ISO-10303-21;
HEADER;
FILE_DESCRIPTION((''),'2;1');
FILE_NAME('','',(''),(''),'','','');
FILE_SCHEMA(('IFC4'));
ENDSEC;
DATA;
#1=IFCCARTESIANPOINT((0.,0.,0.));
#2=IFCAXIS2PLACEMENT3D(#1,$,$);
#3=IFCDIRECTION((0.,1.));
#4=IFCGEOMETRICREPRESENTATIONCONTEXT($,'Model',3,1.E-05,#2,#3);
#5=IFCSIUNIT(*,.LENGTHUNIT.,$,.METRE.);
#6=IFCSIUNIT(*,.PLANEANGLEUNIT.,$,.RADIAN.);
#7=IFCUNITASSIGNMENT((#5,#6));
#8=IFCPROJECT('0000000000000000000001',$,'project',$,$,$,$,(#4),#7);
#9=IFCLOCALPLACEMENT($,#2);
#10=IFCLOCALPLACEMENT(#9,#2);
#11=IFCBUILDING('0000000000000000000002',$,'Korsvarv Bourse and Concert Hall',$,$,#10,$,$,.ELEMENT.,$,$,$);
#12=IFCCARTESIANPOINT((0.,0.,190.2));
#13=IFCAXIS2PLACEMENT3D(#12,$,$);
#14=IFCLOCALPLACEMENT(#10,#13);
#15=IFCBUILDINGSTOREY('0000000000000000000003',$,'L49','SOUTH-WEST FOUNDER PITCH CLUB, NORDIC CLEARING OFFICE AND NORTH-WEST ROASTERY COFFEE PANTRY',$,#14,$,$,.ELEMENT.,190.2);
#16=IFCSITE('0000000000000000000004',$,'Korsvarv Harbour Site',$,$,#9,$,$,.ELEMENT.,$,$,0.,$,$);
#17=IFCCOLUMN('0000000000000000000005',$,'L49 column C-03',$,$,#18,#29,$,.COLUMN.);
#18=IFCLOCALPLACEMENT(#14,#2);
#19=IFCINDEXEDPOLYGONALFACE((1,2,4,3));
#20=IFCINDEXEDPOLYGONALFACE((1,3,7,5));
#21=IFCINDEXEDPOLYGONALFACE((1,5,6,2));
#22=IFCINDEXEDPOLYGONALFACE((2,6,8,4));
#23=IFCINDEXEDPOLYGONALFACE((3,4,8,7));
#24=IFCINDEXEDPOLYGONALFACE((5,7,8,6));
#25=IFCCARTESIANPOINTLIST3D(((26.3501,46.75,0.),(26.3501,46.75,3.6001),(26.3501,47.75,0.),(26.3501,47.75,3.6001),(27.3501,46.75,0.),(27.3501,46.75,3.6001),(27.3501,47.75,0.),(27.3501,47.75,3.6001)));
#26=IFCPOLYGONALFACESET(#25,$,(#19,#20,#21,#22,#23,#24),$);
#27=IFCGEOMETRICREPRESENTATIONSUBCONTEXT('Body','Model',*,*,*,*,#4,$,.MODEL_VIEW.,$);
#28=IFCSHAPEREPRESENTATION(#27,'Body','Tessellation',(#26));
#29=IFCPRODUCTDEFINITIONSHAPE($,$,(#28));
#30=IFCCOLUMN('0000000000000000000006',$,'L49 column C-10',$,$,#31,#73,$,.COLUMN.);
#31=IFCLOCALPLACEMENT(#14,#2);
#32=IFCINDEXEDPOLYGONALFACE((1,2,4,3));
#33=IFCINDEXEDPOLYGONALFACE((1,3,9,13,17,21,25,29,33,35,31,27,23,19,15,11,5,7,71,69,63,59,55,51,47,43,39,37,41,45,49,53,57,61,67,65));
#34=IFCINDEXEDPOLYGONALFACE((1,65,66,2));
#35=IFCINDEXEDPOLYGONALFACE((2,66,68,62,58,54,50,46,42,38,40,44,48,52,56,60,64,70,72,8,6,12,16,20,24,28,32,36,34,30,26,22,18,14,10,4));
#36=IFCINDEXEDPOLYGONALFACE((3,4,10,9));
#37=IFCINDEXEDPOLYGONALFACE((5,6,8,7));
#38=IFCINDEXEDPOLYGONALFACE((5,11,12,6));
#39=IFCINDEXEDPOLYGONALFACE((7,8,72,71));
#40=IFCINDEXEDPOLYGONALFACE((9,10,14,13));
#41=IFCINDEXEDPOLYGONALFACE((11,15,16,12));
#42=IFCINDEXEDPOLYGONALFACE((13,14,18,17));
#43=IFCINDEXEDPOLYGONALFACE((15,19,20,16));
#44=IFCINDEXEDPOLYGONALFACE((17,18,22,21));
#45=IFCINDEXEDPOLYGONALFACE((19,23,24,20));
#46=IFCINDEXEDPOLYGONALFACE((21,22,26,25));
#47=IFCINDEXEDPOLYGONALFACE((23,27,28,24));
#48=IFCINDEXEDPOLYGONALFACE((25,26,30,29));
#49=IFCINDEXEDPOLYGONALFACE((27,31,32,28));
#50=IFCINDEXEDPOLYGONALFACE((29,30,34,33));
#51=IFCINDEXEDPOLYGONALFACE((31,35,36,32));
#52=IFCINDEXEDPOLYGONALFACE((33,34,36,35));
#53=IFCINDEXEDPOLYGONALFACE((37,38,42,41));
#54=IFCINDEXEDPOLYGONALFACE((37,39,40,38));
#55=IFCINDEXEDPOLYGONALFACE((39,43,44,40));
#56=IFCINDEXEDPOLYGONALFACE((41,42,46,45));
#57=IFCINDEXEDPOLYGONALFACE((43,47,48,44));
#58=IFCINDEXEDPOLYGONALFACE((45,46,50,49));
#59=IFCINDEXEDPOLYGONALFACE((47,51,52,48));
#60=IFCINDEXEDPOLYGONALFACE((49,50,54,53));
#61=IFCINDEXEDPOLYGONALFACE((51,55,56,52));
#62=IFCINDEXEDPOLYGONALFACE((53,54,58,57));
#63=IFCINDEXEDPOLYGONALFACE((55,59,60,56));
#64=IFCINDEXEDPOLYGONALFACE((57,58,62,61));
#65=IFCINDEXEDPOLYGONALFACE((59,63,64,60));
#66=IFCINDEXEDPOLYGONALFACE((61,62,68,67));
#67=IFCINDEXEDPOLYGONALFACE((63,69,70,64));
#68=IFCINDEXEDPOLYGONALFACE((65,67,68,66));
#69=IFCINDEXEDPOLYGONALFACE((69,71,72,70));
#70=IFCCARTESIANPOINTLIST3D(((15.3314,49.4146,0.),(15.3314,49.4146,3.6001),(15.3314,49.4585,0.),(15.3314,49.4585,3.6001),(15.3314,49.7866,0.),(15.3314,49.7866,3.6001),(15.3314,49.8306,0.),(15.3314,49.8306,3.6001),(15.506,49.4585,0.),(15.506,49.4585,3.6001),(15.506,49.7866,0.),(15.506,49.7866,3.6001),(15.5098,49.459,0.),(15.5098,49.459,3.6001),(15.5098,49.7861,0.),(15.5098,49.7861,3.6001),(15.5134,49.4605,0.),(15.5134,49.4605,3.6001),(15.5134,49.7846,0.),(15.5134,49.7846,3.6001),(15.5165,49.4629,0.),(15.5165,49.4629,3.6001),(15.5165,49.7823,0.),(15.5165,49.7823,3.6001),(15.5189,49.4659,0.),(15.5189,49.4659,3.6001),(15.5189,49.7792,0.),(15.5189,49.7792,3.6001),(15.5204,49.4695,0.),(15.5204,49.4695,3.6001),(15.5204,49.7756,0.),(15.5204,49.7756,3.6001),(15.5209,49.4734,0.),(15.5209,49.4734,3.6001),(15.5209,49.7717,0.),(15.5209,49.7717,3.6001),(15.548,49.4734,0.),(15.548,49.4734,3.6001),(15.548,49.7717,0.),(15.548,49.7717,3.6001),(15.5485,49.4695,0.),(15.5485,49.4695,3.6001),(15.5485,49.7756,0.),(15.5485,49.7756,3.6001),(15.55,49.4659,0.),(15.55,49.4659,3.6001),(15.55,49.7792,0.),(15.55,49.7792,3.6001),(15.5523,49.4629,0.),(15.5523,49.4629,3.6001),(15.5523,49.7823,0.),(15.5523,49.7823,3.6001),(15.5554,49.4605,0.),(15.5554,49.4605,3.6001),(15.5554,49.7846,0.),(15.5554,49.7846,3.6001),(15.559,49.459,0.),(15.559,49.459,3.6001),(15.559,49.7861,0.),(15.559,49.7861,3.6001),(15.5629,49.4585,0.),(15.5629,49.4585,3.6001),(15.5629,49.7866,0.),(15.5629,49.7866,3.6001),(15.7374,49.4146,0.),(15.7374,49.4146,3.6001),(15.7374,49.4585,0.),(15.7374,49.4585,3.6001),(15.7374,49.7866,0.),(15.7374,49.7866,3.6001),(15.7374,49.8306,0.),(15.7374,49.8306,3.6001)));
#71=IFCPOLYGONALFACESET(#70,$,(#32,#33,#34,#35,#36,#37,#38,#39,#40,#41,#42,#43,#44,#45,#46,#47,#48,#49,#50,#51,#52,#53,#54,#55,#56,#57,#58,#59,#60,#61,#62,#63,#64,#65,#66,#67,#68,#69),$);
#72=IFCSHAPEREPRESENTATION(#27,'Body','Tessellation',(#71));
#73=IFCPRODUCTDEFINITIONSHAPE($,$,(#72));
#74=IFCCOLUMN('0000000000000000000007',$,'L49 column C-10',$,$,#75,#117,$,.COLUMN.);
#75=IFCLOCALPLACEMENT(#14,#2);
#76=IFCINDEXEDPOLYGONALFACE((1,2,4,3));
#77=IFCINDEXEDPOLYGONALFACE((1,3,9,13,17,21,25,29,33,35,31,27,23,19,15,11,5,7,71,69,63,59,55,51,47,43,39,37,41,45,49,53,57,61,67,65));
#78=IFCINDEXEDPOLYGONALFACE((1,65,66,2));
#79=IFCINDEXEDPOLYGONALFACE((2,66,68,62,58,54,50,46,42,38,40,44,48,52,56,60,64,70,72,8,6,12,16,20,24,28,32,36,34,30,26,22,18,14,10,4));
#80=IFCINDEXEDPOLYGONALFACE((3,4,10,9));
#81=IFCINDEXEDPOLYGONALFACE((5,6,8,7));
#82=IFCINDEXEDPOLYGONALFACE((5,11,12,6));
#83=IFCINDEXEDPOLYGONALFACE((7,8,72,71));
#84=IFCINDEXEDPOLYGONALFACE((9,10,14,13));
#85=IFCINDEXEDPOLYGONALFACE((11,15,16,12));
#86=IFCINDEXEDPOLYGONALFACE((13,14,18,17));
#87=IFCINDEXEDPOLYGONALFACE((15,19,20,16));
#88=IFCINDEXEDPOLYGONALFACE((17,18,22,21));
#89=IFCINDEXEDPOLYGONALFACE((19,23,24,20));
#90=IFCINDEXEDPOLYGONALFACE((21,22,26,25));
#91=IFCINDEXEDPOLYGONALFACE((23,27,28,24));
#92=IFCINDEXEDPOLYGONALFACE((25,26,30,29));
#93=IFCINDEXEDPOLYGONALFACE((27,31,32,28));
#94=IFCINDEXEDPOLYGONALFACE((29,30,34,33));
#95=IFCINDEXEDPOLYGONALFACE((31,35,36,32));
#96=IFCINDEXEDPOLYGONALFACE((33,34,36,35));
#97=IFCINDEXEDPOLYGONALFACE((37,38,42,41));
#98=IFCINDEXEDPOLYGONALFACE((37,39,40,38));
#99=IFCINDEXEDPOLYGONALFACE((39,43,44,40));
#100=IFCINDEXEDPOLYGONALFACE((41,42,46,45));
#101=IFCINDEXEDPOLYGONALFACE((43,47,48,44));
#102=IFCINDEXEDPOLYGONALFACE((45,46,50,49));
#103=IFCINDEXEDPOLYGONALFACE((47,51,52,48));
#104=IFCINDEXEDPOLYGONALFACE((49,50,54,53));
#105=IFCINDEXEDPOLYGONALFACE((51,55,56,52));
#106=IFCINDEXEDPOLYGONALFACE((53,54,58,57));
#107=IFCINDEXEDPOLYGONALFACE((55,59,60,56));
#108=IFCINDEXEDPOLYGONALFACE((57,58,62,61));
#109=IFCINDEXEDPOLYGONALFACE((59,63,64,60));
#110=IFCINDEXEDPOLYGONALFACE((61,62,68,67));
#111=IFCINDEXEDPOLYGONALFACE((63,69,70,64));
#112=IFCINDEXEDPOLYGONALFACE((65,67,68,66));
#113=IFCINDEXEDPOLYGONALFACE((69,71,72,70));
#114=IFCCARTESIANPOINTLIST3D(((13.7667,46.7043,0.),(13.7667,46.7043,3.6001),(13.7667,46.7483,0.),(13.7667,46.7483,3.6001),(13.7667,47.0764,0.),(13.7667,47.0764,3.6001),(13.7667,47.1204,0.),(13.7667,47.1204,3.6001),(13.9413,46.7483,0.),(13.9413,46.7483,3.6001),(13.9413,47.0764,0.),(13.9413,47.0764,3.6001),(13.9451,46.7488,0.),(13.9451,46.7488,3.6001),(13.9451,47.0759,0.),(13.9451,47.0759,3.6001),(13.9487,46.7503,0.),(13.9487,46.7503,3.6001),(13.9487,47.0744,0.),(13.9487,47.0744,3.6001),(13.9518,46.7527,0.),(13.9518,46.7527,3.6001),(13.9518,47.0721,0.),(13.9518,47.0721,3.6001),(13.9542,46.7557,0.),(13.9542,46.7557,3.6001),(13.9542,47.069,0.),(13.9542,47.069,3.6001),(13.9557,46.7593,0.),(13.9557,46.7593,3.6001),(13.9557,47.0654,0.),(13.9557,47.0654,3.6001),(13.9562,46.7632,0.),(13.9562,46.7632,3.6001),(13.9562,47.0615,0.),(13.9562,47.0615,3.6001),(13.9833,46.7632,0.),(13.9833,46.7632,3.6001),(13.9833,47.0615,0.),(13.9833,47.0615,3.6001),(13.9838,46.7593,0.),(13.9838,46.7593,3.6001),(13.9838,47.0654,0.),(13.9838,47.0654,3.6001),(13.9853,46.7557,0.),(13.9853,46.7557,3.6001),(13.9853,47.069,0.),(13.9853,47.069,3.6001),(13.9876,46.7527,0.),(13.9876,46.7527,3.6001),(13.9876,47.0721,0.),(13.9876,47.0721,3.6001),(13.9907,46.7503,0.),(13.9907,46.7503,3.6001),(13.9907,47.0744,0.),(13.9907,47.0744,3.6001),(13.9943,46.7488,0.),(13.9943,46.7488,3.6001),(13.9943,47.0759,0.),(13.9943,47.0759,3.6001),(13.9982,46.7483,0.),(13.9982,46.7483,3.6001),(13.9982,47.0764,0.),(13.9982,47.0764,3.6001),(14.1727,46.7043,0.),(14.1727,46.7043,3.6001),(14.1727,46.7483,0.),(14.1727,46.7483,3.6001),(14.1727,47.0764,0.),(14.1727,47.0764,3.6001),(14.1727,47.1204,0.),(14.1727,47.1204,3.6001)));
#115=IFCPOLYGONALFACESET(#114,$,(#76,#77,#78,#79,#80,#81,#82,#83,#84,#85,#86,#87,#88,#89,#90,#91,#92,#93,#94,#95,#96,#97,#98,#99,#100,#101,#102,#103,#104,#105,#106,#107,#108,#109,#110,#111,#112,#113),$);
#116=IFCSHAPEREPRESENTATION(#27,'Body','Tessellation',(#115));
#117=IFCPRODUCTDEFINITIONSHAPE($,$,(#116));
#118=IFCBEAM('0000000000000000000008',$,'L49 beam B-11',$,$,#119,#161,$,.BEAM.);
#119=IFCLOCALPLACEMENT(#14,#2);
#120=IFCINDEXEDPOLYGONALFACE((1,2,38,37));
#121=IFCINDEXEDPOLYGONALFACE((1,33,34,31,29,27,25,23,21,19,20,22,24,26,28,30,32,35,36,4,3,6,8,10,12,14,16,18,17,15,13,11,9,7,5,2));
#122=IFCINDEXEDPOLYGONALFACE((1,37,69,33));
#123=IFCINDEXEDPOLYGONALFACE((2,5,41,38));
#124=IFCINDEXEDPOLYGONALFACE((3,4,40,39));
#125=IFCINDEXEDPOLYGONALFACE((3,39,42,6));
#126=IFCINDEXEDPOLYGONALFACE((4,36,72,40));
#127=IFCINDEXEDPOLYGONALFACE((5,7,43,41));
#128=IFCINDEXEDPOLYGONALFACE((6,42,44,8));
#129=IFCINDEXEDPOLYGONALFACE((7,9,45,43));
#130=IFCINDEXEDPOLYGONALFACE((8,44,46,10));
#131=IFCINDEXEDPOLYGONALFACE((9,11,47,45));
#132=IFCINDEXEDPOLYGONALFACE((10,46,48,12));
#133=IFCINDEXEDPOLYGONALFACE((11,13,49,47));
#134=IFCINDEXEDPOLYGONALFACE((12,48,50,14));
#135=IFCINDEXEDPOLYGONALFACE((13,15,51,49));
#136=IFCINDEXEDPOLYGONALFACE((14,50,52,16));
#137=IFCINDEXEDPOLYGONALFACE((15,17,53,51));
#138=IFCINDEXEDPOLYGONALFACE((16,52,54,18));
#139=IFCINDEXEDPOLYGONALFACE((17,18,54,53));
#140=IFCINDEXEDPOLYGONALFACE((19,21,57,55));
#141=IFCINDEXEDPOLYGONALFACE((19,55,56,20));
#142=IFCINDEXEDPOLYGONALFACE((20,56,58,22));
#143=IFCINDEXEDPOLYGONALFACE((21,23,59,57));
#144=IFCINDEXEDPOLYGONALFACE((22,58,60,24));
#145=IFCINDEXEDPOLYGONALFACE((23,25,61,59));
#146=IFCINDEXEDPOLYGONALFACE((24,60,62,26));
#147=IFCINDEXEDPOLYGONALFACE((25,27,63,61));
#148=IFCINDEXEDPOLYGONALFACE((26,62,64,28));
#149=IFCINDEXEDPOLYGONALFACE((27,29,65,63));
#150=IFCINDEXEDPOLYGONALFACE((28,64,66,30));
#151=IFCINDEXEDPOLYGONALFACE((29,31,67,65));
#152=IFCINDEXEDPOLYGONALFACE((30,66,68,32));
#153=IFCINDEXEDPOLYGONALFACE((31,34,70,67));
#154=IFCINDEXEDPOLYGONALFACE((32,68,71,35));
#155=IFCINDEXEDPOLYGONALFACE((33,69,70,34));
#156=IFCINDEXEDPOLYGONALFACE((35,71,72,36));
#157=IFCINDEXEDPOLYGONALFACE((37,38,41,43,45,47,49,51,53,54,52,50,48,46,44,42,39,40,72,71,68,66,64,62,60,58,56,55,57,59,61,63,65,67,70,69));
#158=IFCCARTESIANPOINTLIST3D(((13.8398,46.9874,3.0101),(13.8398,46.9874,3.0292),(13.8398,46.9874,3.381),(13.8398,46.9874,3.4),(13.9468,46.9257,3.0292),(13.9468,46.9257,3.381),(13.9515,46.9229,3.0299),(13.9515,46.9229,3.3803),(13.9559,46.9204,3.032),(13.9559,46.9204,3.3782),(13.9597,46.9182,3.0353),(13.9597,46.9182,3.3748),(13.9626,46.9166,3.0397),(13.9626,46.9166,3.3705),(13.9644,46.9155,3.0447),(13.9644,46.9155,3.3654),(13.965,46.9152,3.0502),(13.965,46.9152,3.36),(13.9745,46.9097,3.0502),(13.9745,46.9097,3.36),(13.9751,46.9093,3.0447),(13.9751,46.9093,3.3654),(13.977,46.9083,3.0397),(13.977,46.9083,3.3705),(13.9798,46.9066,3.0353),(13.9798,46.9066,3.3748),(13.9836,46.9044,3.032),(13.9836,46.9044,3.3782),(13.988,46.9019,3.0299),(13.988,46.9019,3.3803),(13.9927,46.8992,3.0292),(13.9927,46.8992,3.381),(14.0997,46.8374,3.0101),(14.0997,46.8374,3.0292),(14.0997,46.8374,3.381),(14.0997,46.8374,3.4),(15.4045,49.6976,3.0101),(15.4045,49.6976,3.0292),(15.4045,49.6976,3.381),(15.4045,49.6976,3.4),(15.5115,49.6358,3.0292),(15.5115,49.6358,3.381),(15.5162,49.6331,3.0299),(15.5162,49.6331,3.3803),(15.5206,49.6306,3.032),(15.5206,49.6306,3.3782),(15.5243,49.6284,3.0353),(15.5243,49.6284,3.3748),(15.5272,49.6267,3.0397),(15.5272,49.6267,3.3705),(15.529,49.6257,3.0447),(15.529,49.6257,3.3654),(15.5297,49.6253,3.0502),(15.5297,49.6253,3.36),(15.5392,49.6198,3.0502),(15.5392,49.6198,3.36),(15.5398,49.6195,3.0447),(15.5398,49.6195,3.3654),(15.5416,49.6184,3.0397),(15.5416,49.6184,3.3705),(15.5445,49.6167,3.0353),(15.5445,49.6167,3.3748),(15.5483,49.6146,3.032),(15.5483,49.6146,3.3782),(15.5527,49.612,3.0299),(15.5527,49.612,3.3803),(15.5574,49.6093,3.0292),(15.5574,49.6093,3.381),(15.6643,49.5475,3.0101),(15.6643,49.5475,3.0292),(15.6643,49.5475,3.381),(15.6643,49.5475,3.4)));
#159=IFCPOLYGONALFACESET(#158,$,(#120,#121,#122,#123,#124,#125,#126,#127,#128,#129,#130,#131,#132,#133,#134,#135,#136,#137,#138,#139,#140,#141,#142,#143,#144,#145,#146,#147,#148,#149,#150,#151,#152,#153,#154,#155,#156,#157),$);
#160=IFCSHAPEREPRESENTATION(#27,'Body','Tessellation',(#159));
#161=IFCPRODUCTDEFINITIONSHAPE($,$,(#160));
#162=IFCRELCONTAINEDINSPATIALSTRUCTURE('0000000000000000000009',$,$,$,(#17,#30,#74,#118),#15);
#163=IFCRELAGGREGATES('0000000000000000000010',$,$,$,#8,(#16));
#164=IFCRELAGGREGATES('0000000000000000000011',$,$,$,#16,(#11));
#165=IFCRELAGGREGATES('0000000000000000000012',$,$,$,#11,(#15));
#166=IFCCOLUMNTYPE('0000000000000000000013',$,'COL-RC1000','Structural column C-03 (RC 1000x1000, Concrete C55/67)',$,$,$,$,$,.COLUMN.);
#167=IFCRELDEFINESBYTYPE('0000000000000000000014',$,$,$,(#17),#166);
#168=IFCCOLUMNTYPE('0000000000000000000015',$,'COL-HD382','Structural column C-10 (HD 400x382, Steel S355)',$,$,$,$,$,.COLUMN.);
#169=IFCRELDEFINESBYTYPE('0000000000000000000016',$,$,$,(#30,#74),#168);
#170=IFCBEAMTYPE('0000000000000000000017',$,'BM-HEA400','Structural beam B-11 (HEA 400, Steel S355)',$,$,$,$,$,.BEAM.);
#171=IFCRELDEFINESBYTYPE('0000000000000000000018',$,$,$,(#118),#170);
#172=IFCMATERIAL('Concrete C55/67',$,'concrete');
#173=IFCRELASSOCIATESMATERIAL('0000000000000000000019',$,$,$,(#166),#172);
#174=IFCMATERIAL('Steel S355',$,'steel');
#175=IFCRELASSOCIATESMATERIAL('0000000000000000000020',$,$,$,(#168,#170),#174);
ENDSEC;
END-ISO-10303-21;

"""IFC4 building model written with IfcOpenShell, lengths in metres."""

from ifc_helpers import new_model, si_unit, direction, frame, origin, origin_2d, place, context, subcontext, project, spatial, rectangle, i_section, extrude, source, transform, mapped, material, material_profile, profile_set, type_object, element, save


model = new_model("IFC4")

# Units and contexts
model_context = context("Model", 3, precision=1e-05, world=origin(), true_north=direction((0.0, 1.0)))
body_context = subcontext(model_context, "Body", "Model", "MODEL_VIEW")
ifc_project = project(units=[si_unit("LENGTHUNIT", "METRE"), si_unit("PLANEANGLEUNIT", "RADIAN")], contexts=[model_context])

# Site, building, storey
site_placement = place(None, origin())
site = spatial("IfcSite", under=ifc_project, at=site_placement, Name="Korsvarv Harbour Site", CompositionType="ELEMENT", RefElevation=0.0)
building_placement = place(site_placement, origin())
building = spatial("IfcBuilding", under=site, at=building_placement, Name="Korsvarv Bourse and Concert Hall", CompositionType="ELEMENT")
storey_placement = place(building_placement, frame((0.0, 0.0, 190.2)))
storey = spatial("IfcBuildingStorey", under=building, at=storey_placement, Name="L49", Description="SOUTH-WEST FOUNDER PITCH CLUB, NORDIC CLEARING OFFICE AND NORTH-WEST ROASTERY COFFEE PANTRY", CompositionType="ELEMENT", Elevation=190.2)

# Columns
ifc_material_1 = material(Name="Concrete C55/67", Category="concrete")
ifc_material_profile_1 = material_profile(ifc_material_1, rectangle(XDim=1.0, YDim=1.0, at=origin_2d()), Name="RC 1000x1000")
ifc_profile_set_1 = profile_set([ifc_material_profile_1], Name="Concrete C55/67")
column_type_1 = type_object("IfcColumnType", Name="COL-RC1000", Description="Structural column C-03 (RC 1000x1000, Concrete C55/67)", PredefinedType="COLUMN", material=ifc_profile_set_1)
shared_shape_1 = source(origin(), body_context, "Body", "SweptSolid", [
    extrude(rectangle(XDim=1.0, YDim=1.0, at=origin_2d()), origin(), (0.0, 0.0, 1.0), 3.6001),
])
column_placement = place(storey_placement, frame((26.8501, 47.25, 0.0), z_axis=(0.0, 0.0, 1.0), x_axis=(1.0, 0.0, 0.0)))
element("IfcColumn", 1, at=column_placement, inside=storey, type_object=column_type_1, Name="L49 column C-03", PredefinedType="COLUMN", context=body_context, shape_type="MappedRepresentation", body=[
    mapped(shared_shape_1, transform((0.0, 0.0, 0.0), scale=1.0)),
])
ifc_material_2 = material(Name="Steel S355", Category="steel")
ifc_material_profile_2 = material_profile(ifc_material_2, i_section(OverallWidth=0.406, OverallDepth=0.416, WebThickness=0.0271, FlangeThickness=0.0439, FilletRadius=0.0149, at=origin_2d()), Name="HD 400x382")
ifc_profile_set_2 = profile_set([ifc_material_profile_2], Name="Steel S355")
column_type_2 = type_object("IfcColumnType", Name="COL-HD382", Description="Structural column C-10 (HD 400x382, Steel S355)", PredefinedType="COLUMN", material=ifc_profile_set_2)
shared_shape_2 = source(origin(), body_context, "Body", "SweptSolid", [
    extrude(i_section(OverallWidth=0.406, OverallDepth=0.416, WebThickness=0.0271, FlangeThickness=0.0439, FilletRadius=0.0149, at=origin_2d()), origin(), (0.0, 0.0, 1.0), 3.6001),
])
for number, where, z_axis, x_axis, name in (
    (2, (15.5344, 49.6226, 0.0), (0.0, 0.0, 1.0), (1.0, 0.0, 0.0), "L49 column C-10"),
    (3, (13.9697, 46.9124, 0.0), (0.0, 0.0, 1.0), (1.0, 0.0, 0.0), "L49 column C-10"),
):
    element("IfcColumn", number, at=place(storey_placement, frame(where, z_axis=z_axis, x_axis=x_axis)), inside=storey, type_object=column_type_2, Name=name, PredefinedType="COLUMN", context=body_context, shape_type="MappedRepresentation", body=[
        mapped(shared_shape_2, transform((0.0, 0.0, 0.0), scale=1.0)),
    ])

# Beam
ifc_material_profile_3 = material_profile(ifc_material_2, i_section(OverallWidth=0.3, OverallDepth=0.3899, WebThickness=0.011, FlangeThickness=0.019, FilletRadius=0.021, at=origin_2d()), Name="HEA 400")
ifc_profile_set_3 = profile_set([ifc_material_profile_3], Name="Steel S355")
beam_type_1 = type_object("IfcBeamType", Name="BM-HEA400", Description="Structural beam B-11 (HEA 400, Steel S355)", PredefinedType="BEAM", material=ifc_profile_set_3)
shared_shape_3 = source(origin(), body_context, "Body", "SweptSolid", [
    extrude(i_section(OverallWidth=0.3, OverallDepth=0.3899, WebThickness=0.011, FlangeThickness=0.019, FilletRadius=0.021, at=origin_2d()), origin(), (0.0, 0.0, 1.0), 3.1294),
])
beam_1_placement = place(storey_placement, frame((15.5344, 49.6226, 3.2051), z_axis=(-0.49999, -0.866031, 0.0), x_axis=(0.866031, -0.49999, 0.0)))
element("IfcBeam", 4, at=beam_1_placement, inside=storey, type_object=beam_type_1, Name="L49 beam B-11", PredefinedType="BEAM", context=body_context, shape_type="MappedRepresentation", body=[
    mapped(shared_shape_3, transform((0.0, 0.0, 0.0), scale=1.0)),
])

save(model, "model.ifc")
